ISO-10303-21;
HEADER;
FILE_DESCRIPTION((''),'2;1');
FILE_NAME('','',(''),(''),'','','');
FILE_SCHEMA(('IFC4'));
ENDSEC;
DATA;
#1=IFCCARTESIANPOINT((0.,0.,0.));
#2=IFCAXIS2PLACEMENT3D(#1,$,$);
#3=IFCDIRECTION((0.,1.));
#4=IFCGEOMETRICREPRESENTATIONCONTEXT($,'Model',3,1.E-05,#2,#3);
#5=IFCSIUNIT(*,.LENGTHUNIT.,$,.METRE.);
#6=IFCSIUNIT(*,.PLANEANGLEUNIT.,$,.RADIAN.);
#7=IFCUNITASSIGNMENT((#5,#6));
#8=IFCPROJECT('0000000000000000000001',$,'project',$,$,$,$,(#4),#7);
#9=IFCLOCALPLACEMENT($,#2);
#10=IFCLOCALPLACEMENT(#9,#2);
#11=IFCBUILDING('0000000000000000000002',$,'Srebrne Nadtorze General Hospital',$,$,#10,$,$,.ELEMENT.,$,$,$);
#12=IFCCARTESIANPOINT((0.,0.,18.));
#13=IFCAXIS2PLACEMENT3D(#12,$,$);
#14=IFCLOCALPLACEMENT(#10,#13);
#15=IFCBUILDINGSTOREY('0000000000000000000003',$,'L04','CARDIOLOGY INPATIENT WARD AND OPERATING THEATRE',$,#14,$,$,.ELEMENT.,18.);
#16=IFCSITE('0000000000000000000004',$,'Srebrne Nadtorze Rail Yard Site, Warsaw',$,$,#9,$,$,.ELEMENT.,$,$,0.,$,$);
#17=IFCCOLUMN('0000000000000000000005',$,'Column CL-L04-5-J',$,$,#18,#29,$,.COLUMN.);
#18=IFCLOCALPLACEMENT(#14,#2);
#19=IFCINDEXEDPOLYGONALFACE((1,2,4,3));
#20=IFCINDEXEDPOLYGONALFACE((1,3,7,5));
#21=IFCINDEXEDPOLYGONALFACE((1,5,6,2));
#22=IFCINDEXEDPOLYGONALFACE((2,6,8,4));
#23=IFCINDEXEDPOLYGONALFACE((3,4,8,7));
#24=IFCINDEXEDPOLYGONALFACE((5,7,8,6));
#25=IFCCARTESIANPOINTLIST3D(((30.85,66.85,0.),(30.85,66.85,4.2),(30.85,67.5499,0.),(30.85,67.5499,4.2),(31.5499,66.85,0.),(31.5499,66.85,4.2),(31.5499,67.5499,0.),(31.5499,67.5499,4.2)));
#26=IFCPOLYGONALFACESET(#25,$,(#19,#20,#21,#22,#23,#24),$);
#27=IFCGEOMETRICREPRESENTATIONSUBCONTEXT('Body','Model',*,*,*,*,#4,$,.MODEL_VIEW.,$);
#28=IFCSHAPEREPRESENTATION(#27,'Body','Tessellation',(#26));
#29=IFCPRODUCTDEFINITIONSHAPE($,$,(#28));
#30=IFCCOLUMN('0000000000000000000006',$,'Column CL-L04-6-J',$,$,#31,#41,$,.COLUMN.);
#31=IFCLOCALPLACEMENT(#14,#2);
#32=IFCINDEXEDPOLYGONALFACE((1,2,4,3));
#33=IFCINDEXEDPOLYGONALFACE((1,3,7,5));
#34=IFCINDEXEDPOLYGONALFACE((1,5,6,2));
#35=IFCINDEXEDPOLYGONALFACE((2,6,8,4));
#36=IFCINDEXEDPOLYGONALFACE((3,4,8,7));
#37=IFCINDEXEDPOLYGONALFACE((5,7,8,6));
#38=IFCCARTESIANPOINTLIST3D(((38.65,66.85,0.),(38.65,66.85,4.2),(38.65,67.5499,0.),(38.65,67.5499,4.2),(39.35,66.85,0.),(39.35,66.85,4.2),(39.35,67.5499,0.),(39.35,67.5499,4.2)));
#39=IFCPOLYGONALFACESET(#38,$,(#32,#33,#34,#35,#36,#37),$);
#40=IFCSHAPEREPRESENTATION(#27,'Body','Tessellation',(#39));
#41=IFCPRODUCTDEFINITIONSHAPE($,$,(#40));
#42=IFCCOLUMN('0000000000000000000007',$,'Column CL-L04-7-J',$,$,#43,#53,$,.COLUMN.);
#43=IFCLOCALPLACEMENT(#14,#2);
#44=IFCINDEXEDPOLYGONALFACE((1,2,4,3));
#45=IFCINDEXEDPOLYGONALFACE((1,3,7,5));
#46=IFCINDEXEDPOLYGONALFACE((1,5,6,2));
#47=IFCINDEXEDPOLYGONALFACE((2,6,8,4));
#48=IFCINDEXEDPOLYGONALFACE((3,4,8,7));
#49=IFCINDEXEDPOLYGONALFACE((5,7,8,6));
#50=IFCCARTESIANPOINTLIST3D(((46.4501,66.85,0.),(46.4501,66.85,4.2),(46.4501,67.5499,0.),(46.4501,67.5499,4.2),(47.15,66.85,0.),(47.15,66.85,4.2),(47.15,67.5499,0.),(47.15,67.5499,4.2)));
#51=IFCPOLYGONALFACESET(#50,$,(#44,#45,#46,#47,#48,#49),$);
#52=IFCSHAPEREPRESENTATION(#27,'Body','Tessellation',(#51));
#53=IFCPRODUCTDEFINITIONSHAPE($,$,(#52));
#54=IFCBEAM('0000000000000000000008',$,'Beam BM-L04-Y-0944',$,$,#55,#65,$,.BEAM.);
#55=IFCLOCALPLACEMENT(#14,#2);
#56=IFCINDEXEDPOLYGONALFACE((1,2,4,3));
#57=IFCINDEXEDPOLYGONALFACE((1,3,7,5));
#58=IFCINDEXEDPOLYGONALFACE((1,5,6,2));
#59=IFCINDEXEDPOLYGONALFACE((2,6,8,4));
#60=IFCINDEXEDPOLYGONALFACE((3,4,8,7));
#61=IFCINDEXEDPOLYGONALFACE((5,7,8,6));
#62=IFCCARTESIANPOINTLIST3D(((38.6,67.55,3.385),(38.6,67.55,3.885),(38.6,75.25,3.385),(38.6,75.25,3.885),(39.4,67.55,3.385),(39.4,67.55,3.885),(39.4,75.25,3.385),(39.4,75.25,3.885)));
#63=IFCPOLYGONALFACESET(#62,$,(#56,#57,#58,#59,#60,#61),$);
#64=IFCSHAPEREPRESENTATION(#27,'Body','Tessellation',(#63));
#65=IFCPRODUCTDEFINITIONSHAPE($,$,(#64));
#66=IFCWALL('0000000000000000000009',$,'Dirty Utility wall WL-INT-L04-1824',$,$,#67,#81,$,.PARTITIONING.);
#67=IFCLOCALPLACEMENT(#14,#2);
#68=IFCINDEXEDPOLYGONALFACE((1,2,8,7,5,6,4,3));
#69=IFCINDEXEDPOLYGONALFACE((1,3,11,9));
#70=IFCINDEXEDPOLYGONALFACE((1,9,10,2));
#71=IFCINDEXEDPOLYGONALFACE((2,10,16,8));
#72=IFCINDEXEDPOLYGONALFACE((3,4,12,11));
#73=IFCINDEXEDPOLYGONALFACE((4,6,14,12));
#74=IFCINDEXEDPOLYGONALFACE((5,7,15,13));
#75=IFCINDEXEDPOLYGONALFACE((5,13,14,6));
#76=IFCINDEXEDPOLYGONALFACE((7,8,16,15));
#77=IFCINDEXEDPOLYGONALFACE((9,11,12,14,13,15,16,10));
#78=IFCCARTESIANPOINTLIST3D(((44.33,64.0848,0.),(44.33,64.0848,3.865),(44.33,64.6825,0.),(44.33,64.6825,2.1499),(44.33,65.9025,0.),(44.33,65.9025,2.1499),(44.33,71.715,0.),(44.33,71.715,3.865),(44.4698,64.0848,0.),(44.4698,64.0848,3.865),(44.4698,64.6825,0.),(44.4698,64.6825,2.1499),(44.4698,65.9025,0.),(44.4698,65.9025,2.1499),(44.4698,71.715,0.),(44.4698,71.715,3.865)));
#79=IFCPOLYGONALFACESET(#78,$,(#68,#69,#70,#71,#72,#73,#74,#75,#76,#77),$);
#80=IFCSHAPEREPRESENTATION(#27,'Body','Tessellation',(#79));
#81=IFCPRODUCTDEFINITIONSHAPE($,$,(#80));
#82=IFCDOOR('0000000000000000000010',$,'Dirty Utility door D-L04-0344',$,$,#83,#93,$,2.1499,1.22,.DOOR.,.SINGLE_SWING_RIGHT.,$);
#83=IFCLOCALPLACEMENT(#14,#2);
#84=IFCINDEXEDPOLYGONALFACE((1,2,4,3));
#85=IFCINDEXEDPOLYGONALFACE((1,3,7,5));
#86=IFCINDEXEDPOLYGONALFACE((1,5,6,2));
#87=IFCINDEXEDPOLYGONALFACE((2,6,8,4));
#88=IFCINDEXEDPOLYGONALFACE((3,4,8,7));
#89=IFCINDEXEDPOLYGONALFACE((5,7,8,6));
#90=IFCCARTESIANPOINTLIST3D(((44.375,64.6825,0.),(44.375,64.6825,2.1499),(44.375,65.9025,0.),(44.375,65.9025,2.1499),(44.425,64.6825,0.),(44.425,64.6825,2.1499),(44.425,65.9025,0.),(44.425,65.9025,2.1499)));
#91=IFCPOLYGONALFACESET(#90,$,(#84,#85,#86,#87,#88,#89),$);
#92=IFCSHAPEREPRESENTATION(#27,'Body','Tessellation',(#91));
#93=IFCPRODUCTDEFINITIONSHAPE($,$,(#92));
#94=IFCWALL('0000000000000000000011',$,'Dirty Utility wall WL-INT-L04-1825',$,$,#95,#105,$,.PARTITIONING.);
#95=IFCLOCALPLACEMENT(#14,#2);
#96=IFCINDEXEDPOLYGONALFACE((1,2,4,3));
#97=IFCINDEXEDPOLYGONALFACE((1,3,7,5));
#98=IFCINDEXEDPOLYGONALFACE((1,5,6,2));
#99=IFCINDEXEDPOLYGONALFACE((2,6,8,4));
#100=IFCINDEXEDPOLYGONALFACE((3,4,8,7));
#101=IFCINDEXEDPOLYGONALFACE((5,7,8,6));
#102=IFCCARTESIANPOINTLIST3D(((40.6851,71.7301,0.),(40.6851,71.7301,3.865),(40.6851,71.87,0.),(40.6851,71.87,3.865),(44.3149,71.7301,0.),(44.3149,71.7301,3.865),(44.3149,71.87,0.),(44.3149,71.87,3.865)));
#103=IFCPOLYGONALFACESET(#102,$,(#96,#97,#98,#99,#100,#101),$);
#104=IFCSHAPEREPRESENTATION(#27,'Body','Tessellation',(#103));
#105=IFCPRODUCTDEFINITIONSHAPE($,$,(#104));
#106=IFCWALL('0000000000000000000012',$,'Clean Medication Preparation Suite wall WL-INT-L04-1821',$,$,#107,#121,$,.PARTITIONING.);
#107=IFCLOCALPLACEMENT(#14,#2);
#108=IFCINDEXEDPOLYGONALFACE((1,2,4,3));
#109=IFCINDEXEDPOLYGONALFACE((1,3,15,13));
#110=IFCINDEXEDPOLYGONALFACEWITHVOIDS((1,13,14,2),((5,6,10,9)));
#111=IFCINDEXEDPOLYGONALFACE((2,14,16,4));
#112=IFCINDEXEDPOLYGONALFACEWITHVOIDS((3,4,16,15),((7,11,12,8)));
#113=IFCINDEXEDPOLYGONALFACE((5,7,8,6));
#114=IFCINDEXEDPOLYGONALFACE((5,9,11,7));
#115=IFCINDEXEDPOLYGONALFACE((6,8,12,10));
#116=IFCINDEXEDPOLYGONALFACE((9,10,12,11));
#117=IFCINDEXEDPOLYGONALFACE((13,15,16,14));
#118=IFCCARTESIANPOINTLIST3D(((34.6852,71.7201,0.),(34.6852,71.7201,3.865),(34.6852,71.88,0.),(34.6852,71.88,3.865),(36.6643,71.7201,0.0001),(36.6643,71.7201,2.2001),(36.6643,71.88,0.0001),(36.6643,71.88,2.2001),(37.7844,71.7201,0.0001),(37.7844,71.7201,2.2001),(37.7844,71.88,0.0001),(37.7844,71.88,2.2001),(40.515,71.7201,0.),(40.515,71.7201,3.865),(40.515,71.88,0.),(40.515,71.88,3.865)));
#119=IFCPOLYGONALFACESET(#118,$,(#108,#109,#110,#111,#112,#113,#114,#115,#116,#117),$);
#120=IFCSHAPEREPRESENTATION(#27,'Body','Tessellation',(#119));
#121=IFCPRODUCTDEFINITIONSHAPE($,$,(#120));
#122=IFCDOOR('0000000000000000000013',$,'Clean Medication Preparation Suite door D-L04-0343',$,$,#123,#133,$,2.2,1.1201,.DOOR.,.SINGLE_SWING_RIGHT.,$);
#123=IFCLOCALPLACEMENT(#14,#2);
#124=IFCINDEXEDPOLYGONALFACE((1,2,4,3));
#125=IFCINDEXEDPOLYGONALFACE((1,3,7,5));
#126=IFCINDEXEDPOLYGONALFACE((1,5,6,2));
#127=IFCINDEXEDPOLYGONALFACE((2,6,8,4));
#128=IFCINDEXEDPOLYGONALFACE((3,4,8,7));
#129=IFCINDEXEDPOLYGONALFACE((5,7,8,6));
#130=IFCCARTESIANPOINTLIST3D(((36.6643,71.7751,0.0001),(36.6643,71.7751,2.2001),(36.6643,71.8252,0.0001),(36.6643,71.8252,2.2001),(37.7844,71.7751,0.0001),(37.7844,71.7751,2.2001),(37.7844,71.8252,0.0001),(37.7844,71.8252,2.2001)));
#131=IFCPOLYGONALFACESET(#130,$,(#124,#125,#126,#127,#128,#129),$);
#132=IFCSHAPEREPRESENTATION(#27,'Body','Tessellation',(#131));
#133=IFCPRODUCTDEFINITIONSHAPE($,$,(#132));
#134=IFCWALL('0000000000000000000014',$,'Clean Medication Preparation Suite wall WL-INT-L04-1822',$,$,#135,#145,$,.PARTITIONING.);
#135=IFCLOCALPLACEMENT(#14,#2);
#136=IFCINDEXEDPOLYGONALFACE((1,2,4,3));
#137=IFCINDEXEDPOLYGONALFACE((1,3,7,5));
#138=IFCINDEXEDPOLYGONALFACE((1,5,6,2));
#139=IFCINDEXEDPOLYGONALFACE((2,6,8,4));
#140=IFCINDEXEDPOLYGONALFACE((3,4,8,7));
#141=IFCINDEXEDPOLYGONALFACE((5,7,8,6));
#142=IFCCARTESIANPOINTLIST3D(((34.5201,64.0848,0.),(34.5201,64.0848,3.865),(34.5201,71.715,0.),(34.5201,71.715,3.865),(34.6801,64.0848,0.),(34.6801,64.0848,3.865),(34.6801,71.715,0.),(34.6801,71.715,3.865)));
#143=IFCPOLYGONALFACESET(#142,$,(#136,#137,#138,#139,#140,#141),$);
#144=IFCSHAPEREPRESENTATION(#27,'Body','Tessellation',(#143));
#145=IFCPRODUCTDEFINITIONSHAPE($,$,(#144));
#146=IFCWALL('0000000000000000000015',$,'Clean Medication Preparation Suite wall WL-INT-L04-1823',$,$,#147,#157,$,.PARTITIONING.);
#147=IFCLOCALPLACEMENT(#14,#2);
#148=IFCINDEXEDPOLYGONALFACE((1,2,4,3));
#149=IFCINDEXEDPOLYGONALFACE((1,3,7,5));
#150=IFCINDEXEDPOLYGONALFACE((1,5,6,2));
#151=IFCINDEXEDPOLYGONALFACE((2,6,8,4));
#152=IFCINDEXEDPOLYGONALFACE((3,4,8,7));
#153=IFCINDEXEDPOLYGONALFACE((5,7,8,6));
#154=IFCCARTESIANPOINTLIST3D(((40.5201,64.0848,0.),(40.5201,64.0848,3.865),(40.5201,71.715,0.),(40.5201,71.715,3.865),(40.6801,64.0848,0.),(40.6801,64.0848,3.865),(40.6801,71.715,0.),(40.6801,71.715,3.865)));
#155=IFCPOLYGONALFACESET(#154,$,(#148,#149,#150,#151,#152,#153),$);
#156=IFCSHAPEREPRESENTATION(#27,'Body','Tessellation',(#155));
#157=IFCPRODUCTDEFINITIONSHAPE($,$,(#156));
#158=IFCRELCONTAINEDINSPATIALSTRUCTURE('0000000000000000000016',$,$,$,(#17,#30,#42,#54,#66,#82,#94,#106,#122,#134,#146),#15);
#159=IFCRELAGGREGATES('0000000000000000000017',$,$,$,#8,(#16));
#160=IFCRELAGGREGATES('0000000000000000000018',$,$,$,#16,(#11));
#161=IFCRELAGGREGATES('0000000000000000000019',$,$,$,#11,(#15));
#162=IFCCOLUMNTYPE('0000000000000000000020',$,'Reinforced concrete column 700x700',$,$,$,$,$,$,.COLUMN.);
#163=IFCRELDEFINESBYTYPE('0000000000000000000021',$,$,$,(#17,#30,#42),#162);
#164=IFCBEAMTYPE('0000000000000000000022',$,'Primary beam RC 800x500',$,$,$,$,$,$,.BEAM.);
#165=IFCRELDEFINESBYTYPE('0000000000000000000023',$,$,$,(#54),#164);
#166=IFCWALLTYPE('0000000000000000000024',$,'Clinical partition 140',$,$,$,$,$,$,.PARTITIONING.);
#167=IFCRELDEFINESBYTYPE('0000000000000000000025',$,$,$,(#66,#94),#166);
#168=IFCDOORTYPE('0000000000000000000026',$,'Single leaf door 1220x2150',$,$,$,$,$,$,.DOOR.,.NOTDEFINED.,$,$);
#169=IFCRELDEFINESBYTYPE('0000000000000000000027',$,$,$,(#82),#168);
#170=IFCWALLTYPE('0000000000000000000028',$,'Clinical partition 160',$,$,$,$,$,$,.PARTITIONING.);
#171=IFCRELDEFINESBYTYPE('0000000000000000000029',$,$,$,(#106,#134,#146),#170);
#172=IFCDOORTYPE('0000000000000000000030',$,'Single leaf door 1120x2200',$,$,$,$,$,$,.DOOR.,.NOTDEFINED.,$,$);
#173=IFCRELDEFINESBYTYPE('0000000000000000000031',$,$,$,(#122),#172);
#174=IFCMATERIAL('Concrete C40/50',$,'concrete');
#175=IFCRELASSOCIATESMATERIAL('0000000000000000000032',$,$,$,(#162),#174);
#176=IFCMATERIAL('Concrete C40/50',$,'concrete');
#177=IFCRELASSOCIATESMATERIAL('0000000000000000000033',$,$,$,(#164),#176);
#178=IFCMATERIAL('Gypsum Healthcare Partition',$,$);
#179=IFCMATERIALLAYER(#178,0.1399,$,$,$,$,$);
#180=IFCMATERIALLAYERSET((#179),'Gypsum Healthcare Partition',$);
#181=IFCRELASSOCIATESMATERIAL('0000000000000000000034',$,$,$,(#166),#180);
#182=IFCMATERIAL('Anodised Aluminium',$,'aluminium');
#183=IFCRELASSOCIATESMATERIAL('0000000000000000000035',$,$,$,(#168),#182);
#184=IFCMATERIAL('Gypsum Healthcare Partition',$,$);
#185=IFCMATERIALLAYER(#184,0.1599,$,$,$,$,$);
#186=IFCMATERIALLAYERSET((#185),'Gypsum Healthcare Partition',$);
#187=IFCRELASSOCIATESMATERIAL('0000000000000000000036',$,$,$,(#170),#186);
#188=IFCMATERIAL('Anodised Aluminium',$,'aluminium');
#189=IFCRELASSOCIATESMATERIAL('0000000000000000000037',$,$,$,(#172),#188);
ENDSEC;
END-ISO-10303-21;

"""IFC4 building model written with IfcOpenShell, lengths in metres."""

from ifc_helpers import new_model, si_unit, direction, frame, frame_2d, origin, origin_2d, place, context, subcontext, project, spatial, rectangle, extrude, material, layer, layer_set, material_profile, profile_set, type_object, element, fill, save


model = new_model("IFC4")

# Units and contexts
model_context = context("Model", 3, precision=1e-05, world=origin(), true_north=direction((0.0, 1.0)))
body_context = subcontext(model_context, "Body", "Model", "MODEL_VIEW")
ifc_project = project(units=[si_unit("LENGTHUNIT", "METRE"), si_unit("PLANEANGLEUNIT", "RADIAN")], contexts=[model_context])

# Site, building, storey
site_placement = place(None, origin())
site = spatial("IfcSite", under=ifc_project, at=site_placement, Name="Srebrne Nadtorze Rail Yard Site, Warsaw", CompositionType="ELEMENT", RefElevation=0.0)
building_placement = place(site_placement, origin())
building = spatial("IfcBuilding", under=site, at=building_placement, Name="Srebrne Nadtorze General Hospital", CompositionType="ELEMENT")
storey_placement = place(building_placement, frame((0.0, 0.0, 18.0)))
storey = spatial("IfcBuildingStorey", under=building, at=storey_placement, Name="L04", Description="CARDIOLOGY INPATIENT WARD AND OPERATING THEATRE", CompositionType="ELEMENT", Elevation=18.0)

# Columns
ifc_material_1 = material(Name="Concrete C40/50", Category="concrete")
ifc_material_profile_1 = material_profile(ifc_material_1, rectangle(XDim=0.7, YDim=0.7, at=origin_2d()), Name="RC-COL-700x700")
ifc_profile_set_1 = profile_set([ifc_material_profile_1], Name="Concrete C40/50")
column_type = type_object("IfcColumnType", Name="Reinforced concrete column 700x700", PredefinedType="COLUMN", material=ifc_profile_set_1)
for number, where, z_axis, x_axis, name in (
    (1, (31.2, 67.2, 0.0), (0.0, 0.0, 1.0), (1.0, 0.0, 0.0), "Column CL-L04-5-J"),
    (2, (39.0, 67.2, 0.0), (0.0, 0.0, 1.0), (1.0, 0.0, 0.0), "Column CL-L04-6-J"),
    (3, (46.8, 67.2, 0.0), (0.0, 0.0, 1.0), (1.0, 0.0, 0.0), "Column CL-L04-7-J"),
):
    element("IfcColumn", number, at=place(storey_placement, frame(where, z_axis=z_axis, x_axis=x_axis)), inside=storey, type_object=column_type, Name=name, PredefinedType="COLUMN", context=body_context, shape_type="SweptSolid", body=[
        extrude(rectangle(XDim=0.7, YDim=0.7, at=origin_2d()), origin(), (0.0, 0.0, 1.0), 4.2),
    ])

# Beam
ifc_material_2 = material(Name="Concrete C40/50", Category="concrete")
ifc_material_profile_2 = material_profile(ifc_material_2, rectangle(XDim=0.8, YDim=0.5, at=origin_2d()), Name="RC-BM-800x500")
ifc_profile_set_2 = profile_set([ifc_material_profile_2], Name="Concrete C40/50")
beam_type = type_object("IfcBeamType", Name="Primary beam RC 800x500", PredefinedType="BEAM", material=ifc_profile_set_2)
beam_placement = place(storey_placement, frame((39.0, 67.55, 3.635), z_axis=(0.0, 1.0, 0.0), x_axis=(-1.0, 0.0, 0.0)))
element("IfcBeam", 4, at=beam_placement, inside=storey, type_object=beam_type, Name="Beam BM-L04-Y-0944", PredefinedType="BEAM", context=body_context, shape_type="SweptSolid", body=[
    extrude(rectangle(XDim=0.8, YDim=0.5, at=origin_2d()), origin(), (0.0, 0.0, 1.0), 7.7),
])

# Wall, opening, door
ifc_material_3 = material(Name="Gypsum Healthcare Partition")
ifc_layer_1 = layer(ifc_material_3, 0.1399)
ifc_layer_set_1 = layer_set([ifc_layer_1], Name="Gypsum Healthcare Partition")
wall_type_1 = type_object("IfcWallType", Name="Clinical partition 140", PredefinedType="PARTITIONING", material=ifc_layer_set_1)
wall_1_placement = place(storey_placement, frame((44.3999, 64.085, 0.0), z_axis=(0.0, 0.0, 1.0), x_axis=(0.0, 1.0, 0.0)))
wall_1 = element("IfcWall", 5, at=wall_1_placement, inside=storey, type_object=wall_type_1, Name="Dirty Utility wall WL-INT-L04-1824", PredefinedType="PARTITIONING", context=body_context, shape_type="SweptSolid", body=[
    extrude(rectangle(XDim=7.6301, YDim=0.1399, at=frame_2d((3.8149, 0.0))), origin(), (0.0, 0.0, 1.0), 3.865),
])
opening_1_placement = place(wall_1_placement, frame((0.5977, 0.0, 0.0)))
opening_1 = element("IfcOpeningElement", 6, at=opening_1_placement, cuts=wall_1, PredefinedType="OPENING", context=body_context, shape_type="SweptSolid", body=[
    extrude(rectangle(XDim=1.22, YDim=2.1499, at=frame_2d((0.6099, 1.075))), frame((0.0, 0.082, 0.0), z_axis=(0.0, -1.0, 0.0), x_axis=(1.0, 0.0, 0.0)), (0.0, 0.0, 1.0), 0.1638),
])
ifc_material_4 = material(Name="Anodised Aluminium", Category="aluminium")
door_type_1 = type_object("IfcDoorType", Name="Single leaf door 1220x2150", OperationType="NOTDEFINED", PredefinedType="DOOR", material=ifc_material_4)
door_1_placement = place(opening_1_placement, origin())
door_1 = element("IfcDoor", 7, at=door_1_placement, inside=storey, type_object=door_type_1, Name="Dirty Utility door D-L04-0344", OperationType="SINGLE_SWING_RIGHT", OverallHeight=2.1499, OverallWidth=1.22, PredefinedType="DOOR", context=body_context, shape_type="SweptSolid", body=[
    extrude(rectangle(XDim=1.22, YDim=2.1499, at=frame_2d((0.6099, 1.075))), frame((0.0, 0.0249, 0.0), z_axis=(0.0, -1.0, 0.0), x_axis=(1.0, 0.0, 0.0)), (0.0, 0.0, 1.0), 0.05),
])
fill(opening_1, door_1)

# Wall
wall_2_placement = place(storey_placement, frame((40.6851, 71.8, 0.0), z_axis=(0.0, 0.0, 1.0), x_axis=(1.0, 0.0, 0.0)))
element("IfcWall", 8, at=wall_2_placement, inside=storey, type_object=wall_type_1, Name="Dirty Utility wall WL-INT-L04-1825", PredefinedType="PARTITIONING", context=body_context, shape_type="SweptSolid", body=[
    extrude(rectangle(XDim=3.6299, YDim=0.1399, at=frame_2d((1.8149, 0.0))), origin(), (0.0, 0.0, 1.0), 3.865),
])

# Wall, opening, door
ifc_material_5 = material(Name="Gypsum Healthcare Partition")
ifc_layer_2 = layer(ifc_material_5, 0.1599)
ifc_layer_set_2 = layer_set([ifc_layer_2], Name="Gypsum Healthcare Partition")
wall_type_2 = type_object("IfcWallType", Name="Clinical partition 160", PredefinedType="PARTITIONING", material=ifc_layer_set_2)
wall_3_placement = place(storey_placement, frame((34.6851, 71.8, 0.0), z_axis=(0.0, 0.0, 1.0), x_axis=(1.0, 0.0, 0.0)))
wall_3 = element("IfcWall", 9, at=wall_3_placement, inside=storey, type_object=wall_type_2, Name="Clean Medication Preparation Suite wall WL-INT-L04-1821", PredefinedType="PARTITIONING", context=body_context, shape_type="SweptSolid", body=[
    extrude(rectangle(XDim=5.8298, YDim=0.1599, at=frame_2d((2.915, 0.0))), origin(), (0.0, 0.0, 1.0), 3.865),
])
opening_2_placement = place(wall_3_placement, frame((1.9792, 0.0, 0.0)))
opening_2 = element("IfcOpeningElement", 10, at=opening_2_placement, cuts=wall_3, PredefinedType="OPENING", context=body_context, shape_type="SweptSolid", body=[
    extrude(rectangle(XDim=1.1201, YDim=2.2, at=frame_2d((0.5601, 1.1001))), frame((0.0, 0.0918, 0.0), z_axis=(0.0, -1.0, 0.0), x_axis=(1.0, 0.0, 0.0)), (0.0, 0.0, 1.0), 0.1838),
])
ifc_material_6 = material(Name="Anodised Aluminium", Category="aluminium")
door_type_2 = type_object("IfcDoorType", Name="Single leaf door 1120x2200", OperationType="NOTDEFINED", PredefinedType="DOOR", material=ifc_material_6)
door_2_placement = place(opening_2_placement, frame((1.1201, 0.0, 0.0), z_axis=(0.0, 0.0, 1.0), x_axis=(-1.0, 0.0, 0.0)))
door_2 = element("IfcDoor", 11, at=door_2_placement, inside=storey, type_object=door_type_2, Name="Clean Medication Preparation Suite door D-L04-0343", OperationType="SINGLE_SWING_RIGHT", OverallHeight=2.2, OverallWidth=1.1201, PredefinedType="DOOR", context=body_context, shape_type="SweptSolid", body=[
    extrude(rectangle(XDim=1.1201, YDim=2.2, at=frame_2d((0.5601, 1.1001))), frame((0.0, 0.0249, 0.0), z_axis=(0.0, -1.0, 0.0), x_axis=(1.0, 0.0, 0.0)), (0.0, 0.0, 1.0), 0.05),
])
fill(opening_2, door_2)

# Walls
for number, where, z_axis, x_axis, name in (
    (12, (34.6001, 64.085, 0.0), (0.0, 0.0, 1.0), (0.0, 1.0, 0.0), "Clean Medication Preparation Suite wall WL-INT-L04-1822"),
    (13, (40.6001, 64.085, 0.0), (0.0, 0.0, 1.0), (0.0, 1.0, 0.0), "Clean Medication Preparation Suite wall WL-INT-L04-1823"),
):
    element("IfcWall", number, at=place(storey_placement, frame(where, z_axis=z_axis, x_axis=x_axis)), inside=storey, type_object=wall_type_2, Name=name, PredefinedType="PARTITIONING", context=body_context, shape_type="SweptSolid", body=[
        extrude(rectangle(XDim=7.6301, YDim=0.1599, at=frame_2d((3.8149, 0.0))), origin(), (0.0, 0.0, 1.0), 3.865),
    ])

save(model, "model.ifc")
